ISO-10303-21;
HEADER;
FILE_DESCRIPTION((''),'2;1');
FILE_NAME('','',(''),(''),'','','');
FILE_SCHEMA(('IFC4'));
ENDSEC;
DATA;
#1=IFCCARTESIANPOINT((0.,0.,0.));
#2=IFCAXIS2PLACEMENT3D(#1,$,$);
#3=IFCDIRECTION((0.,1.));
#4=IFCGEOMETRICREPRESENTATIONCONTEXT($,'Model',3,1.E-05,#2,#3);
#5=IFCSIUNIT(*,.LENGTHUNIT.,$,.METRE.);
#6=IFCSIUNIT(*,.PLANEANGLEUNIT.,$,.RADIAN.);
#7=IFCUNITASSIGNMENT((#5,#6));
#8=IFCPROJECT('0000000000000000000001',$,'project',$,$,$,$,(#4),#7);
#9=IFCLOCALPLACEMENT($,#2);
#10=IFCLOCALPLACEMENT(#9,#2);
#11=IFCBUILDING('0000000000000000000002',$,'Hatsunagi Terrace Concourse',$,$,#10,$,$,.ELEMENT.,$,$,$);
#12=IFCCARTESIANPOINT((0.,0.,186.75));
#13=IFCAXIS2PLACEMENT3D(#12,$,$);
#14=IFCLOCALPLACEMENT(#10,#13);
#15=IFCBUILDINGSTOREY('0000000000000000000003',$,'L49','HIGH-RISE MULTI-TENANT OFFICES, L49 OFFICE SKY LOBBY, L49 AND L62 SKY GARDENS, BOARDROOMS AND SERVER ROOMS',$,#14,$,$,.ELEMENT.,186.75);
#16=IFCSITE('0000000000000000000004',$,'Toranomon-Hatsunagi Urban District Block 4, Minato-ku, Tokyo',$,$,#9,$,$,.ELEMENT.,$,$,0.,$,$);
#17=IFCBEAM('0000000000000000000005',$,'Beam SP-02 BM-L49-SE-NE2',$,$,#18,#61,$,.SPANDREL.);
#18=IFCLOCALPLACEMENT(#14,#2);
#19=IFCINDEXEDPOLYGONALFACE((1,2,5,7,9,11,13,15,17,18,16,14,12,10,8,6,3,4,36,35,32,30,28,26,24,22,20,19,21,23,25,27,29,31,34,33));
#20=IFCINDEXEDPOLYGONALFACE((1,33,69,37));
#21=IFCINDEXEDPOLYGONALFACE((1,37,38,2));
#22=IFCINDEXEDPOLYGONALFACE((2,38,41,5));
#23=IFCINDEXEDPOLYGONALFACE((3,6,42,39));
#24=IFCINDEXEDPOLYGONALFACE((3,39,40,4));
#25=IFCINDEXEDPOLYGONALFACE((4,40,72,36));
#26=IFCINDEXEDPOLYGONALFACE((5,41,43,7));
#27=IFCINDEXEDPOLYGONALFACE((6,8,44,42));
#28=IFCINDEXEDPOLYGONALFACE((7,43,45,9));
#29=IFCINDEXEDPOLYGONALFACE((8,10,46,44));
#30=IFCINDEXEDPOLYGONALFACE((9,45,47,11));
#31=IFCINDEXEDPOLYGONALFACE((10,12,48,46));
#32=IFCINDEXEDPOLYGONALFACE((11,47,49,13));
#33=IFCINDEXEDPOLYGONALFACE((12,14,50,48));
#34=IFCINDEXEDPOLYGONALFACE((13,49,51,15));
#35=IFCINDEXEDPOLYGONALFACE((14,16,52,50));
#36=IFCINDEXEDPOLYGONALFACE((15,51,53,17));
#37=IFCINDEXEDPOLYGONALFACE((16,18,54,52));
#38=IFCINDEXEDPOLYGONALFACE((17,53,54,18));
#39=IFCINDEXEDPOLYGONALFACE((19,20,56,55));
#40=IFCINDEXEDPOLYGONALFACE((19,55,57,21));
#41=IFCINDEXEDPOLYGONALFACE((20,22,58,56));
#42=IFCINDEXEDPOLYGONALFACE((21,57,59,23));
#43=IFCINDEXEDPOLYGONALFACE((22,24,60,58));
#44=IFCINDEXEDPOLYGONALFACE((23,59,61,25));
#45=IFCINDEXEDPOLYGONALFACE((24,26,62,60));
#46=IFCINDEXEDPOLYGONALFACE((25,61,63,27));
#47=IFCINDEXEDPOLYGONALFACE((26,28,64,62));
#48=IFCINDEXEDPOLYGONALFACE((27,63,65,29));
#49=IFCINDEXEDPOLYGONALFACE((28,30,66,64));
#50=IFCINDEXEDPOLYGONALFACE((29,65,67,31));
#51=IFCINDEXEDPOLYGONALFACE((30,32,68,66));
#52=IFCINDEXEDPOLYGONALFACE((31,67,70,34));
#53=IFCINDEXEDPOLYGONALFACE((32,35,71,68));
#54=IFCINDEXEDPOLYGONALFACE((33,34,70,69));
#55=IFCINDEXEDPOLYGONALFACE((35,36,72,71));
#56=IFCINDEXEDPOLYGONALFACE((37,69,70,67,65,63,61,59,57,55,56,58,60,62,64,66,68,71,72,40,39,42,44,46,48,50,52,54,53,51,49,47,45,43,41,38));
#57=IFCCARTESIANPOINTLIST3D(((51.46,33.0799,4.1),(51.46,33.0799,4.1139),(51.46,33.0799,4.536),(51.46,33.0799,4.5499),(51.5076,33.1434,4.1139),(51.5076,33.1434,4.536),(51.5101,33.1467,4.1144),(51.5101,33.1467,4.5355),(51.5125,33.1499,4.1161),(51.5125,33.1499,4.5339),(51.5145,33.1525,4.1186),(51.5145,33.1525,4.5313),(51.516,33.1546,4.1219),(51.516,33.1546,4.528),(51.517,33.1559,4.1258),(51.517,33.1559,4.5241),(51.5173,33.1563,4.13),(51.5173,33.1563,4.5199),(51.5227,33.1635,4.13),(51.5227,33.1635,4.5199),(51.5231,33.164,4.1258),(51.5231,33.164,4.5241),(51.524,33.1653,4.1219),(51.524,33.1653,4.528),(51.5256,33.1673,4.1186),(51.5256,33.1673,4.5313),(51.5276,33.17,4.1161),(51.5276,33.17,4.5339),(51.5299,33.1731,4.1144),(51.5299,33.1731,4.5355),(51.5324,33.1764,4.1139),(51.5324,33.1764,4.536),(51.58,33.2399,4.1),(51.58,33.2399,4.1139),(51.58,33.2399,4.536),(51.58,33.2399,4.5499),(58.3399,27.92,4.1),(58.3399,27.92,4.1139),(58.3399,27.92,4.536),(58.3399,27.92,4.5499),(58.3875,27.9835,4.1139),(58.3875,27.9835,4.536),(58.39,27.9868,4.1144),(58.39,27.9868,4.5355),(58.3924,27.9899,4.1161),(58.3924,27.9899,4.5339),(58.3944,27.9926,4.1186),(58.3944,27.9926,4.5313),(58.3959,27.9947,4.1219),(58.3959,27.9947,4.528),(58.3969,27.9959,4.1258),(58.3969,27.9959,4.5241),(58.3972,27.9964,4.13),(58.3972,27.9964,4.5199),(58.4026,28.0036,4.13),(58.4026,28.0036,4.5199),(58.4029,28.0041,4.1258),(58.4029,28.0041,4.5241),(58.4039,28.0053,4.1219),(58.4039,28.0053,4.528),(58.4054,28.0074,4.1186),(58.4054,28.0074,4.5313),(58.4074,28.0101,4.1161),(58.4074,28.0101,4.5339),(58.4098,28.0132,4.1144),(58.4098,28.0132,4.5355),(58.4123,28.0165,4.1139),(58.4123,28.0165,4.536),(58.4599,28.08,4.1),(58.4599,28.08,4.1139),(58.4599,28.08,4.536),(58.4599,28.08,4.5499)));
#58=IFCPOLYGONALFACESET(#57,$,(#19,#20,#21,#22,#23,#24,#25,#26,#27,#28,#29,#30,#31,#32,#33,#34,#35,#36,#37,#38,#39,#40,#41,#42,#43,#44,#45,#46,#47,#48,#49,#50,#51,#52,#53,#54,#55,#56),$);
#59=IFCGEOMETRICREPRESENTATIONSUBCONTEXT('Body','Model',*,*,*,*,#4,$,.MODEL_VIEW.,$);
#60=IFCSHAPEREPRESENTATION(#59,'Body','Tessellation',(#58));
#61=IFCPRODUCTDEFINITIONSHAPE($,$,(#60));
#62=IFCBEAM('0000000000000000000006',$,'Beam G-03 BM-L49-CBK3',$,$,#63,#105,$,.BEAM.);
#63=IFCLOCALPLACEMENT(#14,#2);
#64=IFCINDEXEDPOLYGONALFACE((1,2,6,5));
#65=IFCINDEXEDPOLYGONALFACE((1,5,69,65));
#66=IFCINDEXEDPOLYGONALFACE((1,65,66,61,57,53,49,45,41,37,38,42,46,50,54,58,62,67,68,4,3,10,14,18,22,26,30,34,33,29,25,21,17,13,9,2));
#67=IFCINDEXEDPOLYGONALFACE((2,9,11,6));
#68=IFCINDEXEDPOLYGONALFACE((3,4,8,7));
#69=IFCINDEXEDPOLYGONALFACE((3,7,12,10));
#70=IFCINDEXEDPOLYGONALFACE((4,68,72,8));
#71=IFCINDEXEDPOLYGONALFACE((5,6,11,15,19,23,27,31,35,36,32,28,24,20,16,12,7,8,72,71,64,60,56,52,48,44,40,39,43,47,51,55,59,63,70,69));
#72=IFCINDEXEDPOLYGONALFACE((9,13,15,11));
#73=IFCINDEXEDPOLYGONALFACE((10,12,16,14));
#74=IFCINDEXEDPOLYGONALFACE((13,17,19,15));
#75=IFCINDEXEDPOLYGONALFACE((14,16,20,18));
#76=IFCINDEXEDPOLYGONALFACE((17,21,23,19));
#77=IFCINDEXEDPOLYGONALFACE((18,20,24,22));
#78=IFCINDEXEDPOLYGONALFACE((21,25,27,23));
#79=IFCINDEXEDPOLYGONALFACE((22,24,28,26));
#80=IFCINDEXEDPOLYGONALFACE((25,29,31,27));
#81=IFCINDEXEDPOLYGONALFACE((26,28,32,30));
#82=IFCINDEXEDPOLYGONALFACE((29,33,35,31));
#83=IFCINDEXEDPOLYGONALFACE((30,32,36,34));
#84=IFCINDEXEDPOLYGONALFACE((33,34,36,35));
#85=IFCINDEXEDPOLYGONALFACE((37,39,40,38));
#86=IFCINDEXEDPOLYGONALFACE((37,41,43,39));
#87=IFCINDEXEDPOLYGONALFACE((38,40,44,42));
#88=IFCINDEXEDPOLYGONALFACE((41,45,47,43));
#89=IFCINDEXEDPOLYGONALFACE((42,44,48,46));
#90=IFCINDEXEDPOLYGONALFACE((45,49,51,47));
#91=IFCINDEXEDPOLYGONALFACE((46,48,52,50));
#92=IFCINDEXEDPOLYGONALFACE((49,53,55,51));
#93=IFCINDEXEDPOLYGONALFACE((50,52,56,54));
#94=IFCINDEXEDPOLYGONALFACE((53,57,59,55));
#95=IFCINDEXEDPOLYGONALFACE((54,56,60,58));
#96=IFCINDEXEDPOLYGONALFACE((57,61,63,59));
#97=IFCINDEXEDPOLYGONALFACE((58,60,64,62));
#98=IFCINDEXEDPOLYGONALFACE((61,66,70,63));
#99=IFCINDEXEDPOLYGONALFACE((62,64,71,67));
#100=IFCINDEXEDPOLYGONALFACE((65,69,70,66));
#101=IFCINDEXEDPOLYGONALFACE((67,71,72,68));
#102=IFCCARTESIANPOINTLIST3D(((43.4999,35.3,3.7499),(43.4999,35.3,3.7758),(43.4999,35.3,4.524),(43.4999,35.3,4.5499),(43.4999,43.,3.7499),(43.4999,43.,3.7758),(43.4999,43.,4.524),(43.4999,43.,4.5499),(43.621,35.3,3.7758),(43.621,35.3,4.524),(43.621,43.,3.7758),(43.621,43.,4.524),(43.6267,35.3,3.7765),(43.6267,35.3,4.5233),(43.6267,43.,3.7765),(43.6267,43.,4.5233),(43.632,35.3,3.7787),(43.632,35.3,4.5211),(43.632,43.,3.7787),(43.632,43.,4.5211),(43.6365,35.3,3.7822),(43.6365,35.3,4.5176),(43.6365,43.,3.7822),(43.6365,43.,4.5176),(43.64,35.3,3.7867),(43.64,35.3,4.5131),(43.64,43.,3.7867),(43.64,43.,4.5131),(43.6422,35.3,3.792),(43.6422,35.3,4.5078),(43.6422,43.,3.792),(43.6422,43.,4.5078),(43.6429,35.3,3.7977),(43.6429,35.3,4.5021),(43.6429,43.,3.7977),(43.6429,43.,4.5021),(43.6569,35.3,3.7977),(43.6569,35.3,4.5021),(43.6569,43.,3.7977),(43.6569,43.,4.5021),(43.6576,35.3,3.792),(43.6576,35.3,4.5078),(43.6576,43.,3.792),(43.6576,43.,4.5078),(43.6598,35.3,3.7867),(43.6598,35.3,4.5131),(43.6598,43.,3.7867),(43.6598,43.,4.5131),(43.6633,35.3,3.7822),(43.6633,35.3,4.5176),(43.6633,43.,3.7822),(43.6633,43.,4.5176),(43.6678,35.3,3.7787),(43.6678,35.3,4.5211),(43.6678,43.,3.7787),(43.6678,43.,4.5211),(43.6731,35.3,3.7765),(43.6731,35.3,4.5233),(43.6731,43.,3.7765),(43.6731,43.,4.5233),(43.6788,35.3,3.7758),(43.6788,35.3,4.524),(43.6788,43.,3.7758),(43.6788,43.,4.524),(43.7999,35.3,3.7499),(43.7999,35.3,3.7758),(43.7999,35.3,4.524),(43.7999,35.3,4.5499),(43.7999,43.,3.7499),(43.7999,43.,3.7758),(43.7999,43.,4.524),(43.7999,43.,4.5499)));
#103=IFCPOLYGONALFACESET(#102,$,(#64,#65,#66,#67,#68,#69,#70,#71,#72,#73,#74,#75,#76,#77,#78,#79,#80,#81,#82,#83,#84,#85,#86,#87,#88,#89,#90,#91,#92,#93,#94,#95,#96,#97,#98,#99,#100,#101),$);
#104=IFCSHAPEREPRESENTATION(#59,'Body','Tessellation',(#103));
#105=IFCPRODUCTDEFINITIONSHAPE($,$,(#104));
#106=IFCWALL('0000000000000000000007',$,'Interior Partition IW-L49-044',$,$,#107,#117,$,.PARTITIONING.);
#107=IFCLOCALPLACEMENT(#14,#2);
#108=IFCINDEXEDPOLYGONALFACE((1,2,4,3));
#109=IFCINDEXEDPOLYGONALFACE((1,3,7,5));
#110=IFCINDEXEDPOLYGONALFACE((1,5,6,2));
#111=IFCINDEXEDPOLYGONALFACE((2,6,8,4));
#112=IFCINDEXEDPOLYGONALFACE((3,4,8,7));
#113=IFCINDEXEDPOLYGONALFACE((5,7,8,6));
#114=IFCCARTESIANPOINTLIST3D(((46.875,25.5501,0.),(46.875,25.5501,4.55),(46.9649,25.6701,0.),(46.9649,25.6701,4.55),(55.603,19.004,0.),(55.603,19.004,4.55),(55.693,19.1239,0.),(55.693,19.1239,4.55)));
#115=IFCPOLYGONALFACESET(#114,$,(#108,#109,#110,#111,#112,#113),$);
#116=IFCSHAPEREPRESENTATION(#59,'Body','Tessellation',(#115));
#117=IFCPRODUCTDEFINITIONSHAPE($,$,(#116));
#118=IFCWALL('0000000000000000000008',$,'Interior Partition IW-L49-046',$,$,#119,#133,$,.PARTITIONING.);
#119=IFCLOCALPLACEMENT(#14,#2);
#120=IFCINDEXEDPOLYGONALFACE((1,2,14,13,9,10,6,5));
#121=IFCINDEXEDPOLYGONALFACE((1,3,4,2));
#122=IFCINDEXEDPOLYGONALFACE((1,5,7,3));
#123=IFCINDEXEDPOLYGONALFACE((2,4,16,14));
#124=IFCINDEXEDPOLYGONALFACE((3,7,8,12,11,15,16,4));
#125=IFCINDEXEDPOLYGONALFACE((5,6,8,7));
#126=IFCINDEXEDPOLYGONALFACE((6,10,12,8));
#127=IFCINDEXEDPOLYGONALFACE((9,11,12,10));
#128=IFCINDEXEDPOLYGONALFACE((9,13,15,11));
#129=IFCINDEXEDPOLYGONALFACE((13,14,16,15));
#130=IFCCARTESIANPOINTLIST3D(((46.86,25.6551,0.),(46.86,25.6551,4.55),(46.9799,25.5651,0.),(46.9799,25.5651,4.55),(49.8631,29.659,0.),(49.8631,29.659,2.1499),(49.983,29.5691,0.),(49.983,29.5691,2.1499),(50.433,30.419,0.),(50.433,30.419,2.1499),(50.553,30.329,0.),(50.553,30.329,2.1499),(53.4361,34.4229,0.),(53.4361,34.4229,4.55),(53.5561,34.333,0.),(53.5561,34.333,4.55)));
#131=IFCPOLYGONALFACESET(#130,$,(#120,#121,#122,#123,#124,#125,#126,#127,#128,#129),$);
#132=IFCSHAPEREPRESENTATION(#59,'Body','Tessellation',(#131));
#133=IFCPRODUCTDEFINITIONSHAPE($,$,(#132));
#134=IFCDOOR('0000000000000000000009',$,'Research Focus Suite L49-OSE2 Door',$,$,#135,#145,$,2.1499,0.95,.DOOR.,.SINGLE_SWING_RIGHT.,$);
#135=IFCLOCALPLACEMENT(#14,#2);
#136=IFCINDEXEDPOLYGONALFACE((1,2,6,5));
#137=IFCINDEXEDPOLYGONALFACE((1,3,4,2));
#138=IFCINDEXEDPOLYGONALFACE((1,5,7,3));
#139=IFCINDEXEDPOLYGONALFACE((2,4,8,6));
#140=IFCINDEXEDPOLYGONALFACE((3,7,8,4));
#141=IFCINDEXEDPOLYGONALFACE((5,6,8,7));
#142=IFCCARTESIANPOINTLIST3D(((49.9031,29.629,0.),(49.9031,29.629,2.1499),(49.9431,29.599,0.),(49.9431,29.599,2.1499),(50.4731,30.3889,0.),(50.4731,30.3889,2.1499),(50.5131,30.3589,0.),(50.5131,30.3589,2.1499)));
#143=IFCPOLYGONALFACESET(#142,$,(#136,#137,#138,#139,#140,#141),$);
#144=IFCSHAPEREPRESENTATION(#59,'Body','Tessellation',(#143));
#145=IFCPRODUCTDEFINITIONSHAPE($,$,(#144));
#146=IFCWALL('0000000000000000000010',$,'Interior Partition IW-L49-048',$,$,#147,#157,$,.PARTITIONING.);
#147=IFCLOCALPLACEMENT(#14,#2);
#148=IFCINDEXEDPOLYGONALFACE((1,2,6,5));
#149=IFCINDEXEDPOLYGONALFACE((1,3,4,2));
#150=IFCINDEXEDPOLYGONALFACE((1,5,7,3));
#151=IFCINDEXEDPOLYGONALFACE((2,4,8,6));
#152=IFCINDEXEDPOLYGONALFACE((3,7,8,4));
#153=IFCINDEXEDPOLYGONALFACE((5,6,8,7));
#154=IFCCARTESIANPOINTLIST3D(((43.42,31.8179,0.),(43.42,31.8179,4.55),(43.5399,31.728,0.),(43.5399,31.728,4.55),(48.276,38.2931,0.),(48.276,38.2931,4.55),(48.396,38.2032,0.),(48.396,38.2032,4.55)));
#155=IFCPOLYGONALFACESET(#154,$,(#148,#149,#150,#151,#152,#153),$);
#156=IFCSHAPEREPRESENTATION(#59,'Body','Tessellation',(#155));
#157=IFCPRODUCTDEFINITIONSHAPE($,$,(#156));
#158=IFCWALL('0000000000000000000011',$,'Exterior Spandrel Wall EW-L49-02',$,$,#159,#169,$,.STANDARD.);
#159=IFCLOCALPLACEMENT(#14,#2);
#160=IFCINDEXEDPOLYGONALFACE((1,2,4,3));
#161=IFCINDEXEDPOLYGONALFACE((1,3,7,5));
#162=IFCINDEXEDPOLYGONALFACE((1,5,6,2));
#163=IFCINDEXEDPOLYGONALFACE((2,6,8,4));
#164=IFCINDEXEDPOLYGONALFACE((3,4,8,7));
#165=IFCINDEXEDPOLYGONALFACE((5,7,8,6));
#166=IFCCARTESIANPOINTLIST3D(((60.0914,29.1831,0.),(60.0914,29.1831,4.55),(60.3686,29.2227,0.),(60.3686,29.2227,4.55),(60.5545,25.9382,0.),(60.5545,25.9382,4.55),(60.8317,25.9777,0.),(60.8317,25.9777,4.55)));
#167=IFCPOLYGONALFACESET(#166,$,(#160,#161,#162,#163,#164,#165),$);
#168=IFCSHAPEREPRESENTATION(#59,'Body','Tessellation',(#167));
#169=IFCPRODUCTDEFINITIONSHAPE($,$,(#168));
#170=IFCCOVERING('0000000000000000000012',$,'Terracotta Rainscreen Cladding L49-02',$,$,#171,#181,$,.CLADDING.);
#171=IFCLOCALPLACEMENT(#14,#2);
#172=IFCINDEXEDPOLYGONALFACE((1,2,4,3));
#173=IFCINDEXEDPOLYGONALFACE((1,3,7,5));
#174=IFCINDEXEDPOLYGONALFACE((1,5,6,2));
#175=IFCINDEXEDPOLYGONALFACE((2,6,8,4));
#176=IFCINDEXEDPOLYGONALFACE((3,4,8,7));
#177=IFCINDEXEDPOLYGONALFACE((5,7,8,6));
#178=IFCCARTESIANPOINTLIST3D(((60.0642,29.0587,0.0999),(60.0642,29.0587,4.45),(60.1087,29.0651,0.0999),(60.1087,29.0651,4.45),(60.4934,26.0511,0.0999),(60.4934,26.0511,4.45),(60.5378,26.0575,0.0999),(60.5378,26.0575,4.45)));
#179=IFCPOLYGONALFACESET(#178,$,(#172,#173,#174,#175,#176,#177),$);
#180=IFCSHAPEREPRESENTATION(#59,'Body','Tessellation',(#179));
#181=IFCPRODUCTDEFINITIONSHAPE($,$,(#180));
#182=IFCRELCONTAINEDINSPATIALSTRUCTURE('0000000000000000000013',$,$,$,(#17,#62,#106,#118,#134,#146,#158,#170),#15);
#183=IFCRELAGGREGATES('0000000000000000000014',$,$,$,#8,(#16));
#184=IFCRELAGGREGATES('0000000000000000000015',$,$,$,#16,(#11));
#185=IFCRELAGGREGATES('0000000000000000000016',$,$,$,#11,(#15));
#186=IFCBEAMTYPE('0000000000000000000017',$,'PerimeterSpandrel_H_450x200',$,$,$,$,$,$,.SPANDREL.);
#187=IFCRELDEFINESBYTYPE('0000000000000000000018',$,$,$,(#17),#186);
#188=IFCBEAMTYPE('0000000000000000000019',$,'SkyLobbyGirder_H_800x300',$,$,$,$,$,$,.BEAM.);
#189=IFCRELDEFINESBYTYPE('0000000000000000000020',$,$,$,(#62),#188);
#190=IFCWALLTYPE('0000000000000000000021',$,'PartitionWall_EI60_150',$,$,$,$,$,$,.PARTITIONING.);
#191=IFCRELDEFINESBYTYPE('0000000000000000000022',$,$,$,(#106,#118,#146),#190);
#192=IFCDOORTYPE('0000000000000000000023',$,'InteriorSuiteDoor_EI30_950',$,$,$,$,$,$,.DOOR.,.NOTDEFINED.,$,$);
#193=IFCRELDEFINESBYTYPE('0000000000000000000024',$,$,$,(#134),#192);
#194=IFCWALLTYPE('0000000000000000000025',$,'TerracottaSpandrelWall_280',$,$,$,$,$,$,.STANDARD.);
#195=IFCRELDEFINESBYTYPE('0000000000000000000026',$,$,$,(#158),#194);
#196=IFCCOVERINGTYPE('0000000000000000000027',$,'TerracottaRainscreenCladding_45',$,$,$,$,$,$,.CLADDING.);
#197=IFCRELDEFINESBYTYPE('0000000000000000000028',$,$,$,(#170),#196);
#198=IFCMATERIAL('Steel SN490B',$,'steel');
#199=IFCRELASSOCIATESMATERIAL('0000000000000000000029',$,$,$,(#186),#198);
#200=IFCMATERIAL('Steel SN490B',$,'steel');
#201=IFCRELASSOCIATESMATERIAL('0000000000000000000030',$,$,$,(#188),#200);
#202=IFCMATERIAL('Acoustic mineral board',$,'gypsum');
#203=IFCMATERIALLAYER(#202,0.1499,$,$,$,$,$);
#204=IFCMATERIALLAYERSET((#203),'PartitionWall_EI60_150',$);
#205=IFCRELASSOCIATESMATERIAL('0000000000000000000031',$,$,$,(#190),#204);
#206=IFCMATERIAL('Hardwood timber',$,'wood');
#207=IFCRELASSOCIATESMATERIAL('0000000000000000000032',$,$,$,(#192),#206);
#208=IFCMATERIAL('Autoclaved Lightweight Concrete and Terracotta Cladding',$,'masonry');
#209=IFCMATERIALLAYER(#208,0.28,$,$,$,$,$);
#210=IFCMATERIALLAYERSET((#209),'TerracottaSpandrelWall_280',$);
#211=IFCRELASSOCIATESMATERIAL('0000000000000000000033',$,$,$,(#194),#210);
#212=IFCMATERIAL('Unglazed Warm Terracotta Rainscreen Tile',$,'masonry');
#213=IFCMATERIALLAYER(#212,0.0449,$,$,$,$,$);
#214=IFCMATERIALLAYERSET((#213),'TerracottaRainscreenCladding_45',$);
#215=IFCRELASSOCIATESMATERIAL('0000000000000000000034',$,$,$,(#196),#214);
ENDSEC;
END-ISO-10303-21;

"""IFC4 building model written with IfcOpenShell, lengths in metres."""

from ifc_helpers import new_model, si_unit, direction, frame, frame_2d, origin, origin_2d, place, context, subcontext, project, spatial, rectangle, i_section, extrude, material, layer, layer_set, material_profile, profile_set, type_object, element, fill, save


model = new_model("IFC4")

# Units and contexts
model_context = context("Model", 3, precision=1e-05, world=origin(), true_north=direction((0.0, 1.0)))
body_context = subcontext(model_context, "Body", "Model", "MODEL_VIEW")
ifc_project = project(units=[si_unit("LENGTHUNIT", "METRE"), si_unit("PLANEANGLEUNIT", "RADIAN")], contexts=[model_context])

# Site, building, storey
site_placement = place(None, origin())
site = spatial("IfcSite", under=ifc_project, at=site_placement, Name="Toranomon-Hatsunagi Urban District Block 4, Minato-ku, Tokyo", CompositionType="ELEMENT", RefElevation=0.0)
building_placement = place(site_placement, origin())
building = spatial("IfcBuilding", under=site, at=building_placement, Name="Hatsunagi Terrace Concourse", CompositionType="ELEMENT")
storey_placement = place(building_placement, frame((0.0, 0.0, 186.75)))
storey = spatial("IfcBuildingStorey", under=building, at=storey_placement, Name="L49", Description="HIGH-RISE MULTI-TENANT OFFICES, L49 OFFICE SKY LOBBY, L49 AND L62 SKY GARDENS, BOARDROOMS AND SERVER ROOMS", CompositionType="ELEMENT", Elevation=186.75)

# Beams
ifc_material_1 = material(Name="Steel SN490B", Category="steel")
ifc_material_profile_1 = material_profile(ifc_material_1, i_section(OverallWidth=0.2, OverallDepth=0.45, WebThickness=0.009, FlangeThickness=0.0139, FilletRadius=0.0161, at=origin_2d()), Name="H-450x200x9x14")
ifc_profile_set_1 = profile_set([ifc_material_profile_1], Name="Steel SN490B")
beam_type_1 = type_object("IfcBeamType", Name="PerimeterSpandrel_H_450x200", PredefinedType="SPANDREL", material=ifc_profile_set_1)
beam_1_placement = place(storey_placement, frame((51.52, 33.1599, 4.325), z_axis=(0.8, -0.6, 0.0), x_axis=(0.6, 0.8, 0.0)))
element("IfcBeam", 1, at=beam_1_placement, inside=storey, type_object=beam_type_1, Name="Beam SP-02 BM-L49-SE-NE2", PredefinedType="SPANDREL", context=body_context, shape_type="SweptSolid", body=[
    extrude(i_section(OverallWidth=0.2, OverallDepth=0.45, WebThickness=0.009, FlangeThickness=0.0139, FilletRadius=0.0161, at=origin_2d()), origin(), (0.0, 0.0, 1.0), 8.5999),
])
ifc_material_2 = material(Name="Steel SN490B", Category="steel")
ifc_material_profile_2 = material_profile(ifc_material_2, i_section(OverallWidth=0.3, OverallDepth=0.8, WebThickness=0.0139, FlangeThickness=0.0259, FilletRadius=0.022, at=origin_2d()), Name="H-800x300x14x26")
ifc_profile_set_2 = profile_set([ifc_material_profile_2], Name="Steel SN490B")
beam_type_2 = type_object("IfcBeamType", Name="SkyLobbyGirder_H_800x300", PredefinedType="BEAM", material=ifc_profile_set_2)
beam_2_placement = place(storey_placement, frame((43.6499, 35.3, 4.1499), z_axis=(0.0, 1.0, 0.0), x_axis=(-1.0, 0.0, 0.0)))
element("IfcBeam", 2, at=beam_2_placement, inside=storey, type_object=beam_type_2, Name="Beam G-03 BM-L49-CBK3", PredefinedType="BEAM", context=body_context, shape_type="SweptSolid", body=[
    extrude(i_section(OverallWidth=0.3, OverallDepth=0.8, WebThickness=0.0139, FlangeThickness=0.0259, FilletRadius=0.022, at=origin_2d()), origin(), (0.0, 0.0, 1.0), 7.7),
])

# Wall
ifc_material_3 = material(Name="Acoustic mineral board", Category="gypsum")
ifc_layer_1 = layer(ifc_material_3, 0.1499)
ifc_layer_set_1 = layer_set([ifc_layer_1], Name="PartitionWall_EI60_150")
wall_type_1 = type_object("IfcWallType", Name="PartitionWall_EI60_150", PredefinedType="PARTITIONING", material=ifc_layer_set_1)
wall_1_placement = place(storey_placement, frame((46.9199, 25.6101, 0.0), z_axis=(0.0, 0.0, 1.0), x_axis=(0.799995, -0.600007, 0.0)))
element("IfcWall", 3, at=wall_1_placement, inside=storey, type_object=wall_type_1, Name="Interior Partition IW-L49-044", PredefinedType="PARTITIONING", context=body_context, shape_type="SweptSolid", body=[
    extrude(rectangle(XDim=10.9102, YDim=0.1499, at=frame_2d((5.4551, 0.0))), origin(), (0.0, 0.0, 1.0), 4.55),
])

# Wall, opening, door
wall_2_placement = place(storey_placement, frame((46.9199, 25.6101, 0.0), z_axis=(0.0, 0.0, 1.0), x_axis=(0.600018, 0.799987, 0.0)))
wall_2 = element("IfcWall", 4, at=wall_2_placement, inside=storey, type_object=wall_type_1, Name="Interior Partition IW-L49-046", PredefinedType="PARTITIONING", context=body_context, shape_type="SweptSolid", body=[
    extrude(rectangle(XDim=10.96, YDim=0.1499, at=frame_2d((5.48, 0.0))), origin(), (0.0, 0.0, 1.0), 4.55),
])
opening_placement = place(wall_2_placement, frame((5.0049, 0.0, 0.0)))
opening = element("IfcOpeningElement", 5, at=opening_placement, cuts=wall_2, PredefinedType="OPENING", context=body_context, shape_type="SweptSolid", body=[
    extrude(rectangle(XDim=0.95, YDim=2.1499, at=frame_2d((0.4751, 1.075))), frame((0.0, 0.085, 0.0), z_axis=(0.0, -1.0, 0.0), x_axis=(1.0, 0.0, 0.0)), (0.0, 0.0, 1.0), 0.1699),
])
ifc_material_4 = material(Name="Hardwood timber", Category="wood")
door_type = type_object("IfcDoorType", Name="InteriorSuiteDoor_EI30_950", OperationType="NOTDEFINED", PredefinedType="DOOR", material=ifc_material_4)
door_placement = place(opening_placement, origin())
door = element("IfcDoor", 6, at=door_placement, inside=storey, type_object=door_type, Name="Research Focus Suite L49-OSE2 Door", OperationType="SINGLE_SWING_RIGHT", OverallHeight=2.1499, OverallWidth=0.95, PredefinedType="DOOR", context=body_context, shape_type="SweptSolid", body=[
    extrude(rectangle(XDim=0.95, YDim=2.1499, at=frame_2d((0.4751, 1.075))), frame((0.0, 0.0249, 0.0), z_axis=(0.0, -1.0, 0.0), x_axis=(1.0, 0.0, 0.0)), (0.0, 0.0, 1.0), 0.05),
])
fill(opening, door)

# Walls
wall_3_placement = place(storey_placement, frame((43.48, 31.7729, 0.0), z_axis=(0.0, 0.0, 1.0), x_axis=(0.599971, 0.800022, 0.0)))
element("IfcWall", 7, at=wall_3_placement, inside=storey, type_object=wall_type_1, Name="Interior Partition IW-L49-048", PredefinedType="PARTITIONING", context=body_context, shape_type="SweptSolid", body=[
    extrude(rectangle(XDim=8.0938, YDim=0.1499, at=frame_2d((4.0469, 0.0))), origin(), (0.0, 0.0, 1.0), 4.55),
])
ifc_material_5 = material(Name="Autoclaved Lightweight Concrete and Terracotta Cladding", Category="masonry")
ifc_layer_2 = layer(ifc_material_5, 0.28)
ifc_layer_set_2 = layer_set([ifc_layer_2], Name="TerracottaSpandrelWall_280")
wall_type_2 = type_object("IfcWallType", Name="TerracottaSpandrelWall_280", PredefinedType="STANDARD", material=ifc_layer_set_2)
wall_4_placement = place(storey_placement, frame((60.23, 29.2029, 0.0), z_axis=(0.0, 0.0, 1.0), x_axis=(0.141296, -0.989967, 0.0)))
element("IfcWall", 8, at=wall_4_placement, inside=storey, type_object=wall_type_2, Name="Exterior Spandrel Wall EW-L49-02", PredefinedType="STANDARD", context=body_context, shape_type="SweptSolid", body=[
    extrude(rectangle(XDim=3.2778, YDim=0.28, at=frame_2d((1.6389, 0.0))), origin(), (0.0, 0.0, 1.0), 4.55),
])

# Covering
ifc_material_6 = material(Name="Unglazed Warm Terracotta Rainscreen Tile", Category="masonry")
ifc_layer_3 = layer(ifc_material_6, 0.0449)
ifc_layer_set_3 = layer_set([ifc_layer_3], Name="TerracottaRainscreenCladding_45")
covering_type = type_object("IfcCoveringType", Name="TerracottaRainscreenCladding_45", PredefinedType="CLADDING", material=ifc_layer_set_3)
covering_placement = place(storey_placement, frame((60.301, 27.5581, 0.0999), z_axis=(0.0, 0.0, 1.0), x_axis=(0.14125, -0.989974, 0.0)))
element("IfcCovering", 9, at=covering_placement, inside=storey, type_object=covering_type, Name="Terracotta Rainscreen Cladding L49-02", PredefinedType="CLADDING", context=body_context, shape_type="SweptSolid", body=[
    extrude(rectangle(XDim=3.0381, YDim=0.0449, at=origin_2d()), origin(), (0.0, 0.0, 1.0), 4.3501),
])

save(model, "model.ifc")
